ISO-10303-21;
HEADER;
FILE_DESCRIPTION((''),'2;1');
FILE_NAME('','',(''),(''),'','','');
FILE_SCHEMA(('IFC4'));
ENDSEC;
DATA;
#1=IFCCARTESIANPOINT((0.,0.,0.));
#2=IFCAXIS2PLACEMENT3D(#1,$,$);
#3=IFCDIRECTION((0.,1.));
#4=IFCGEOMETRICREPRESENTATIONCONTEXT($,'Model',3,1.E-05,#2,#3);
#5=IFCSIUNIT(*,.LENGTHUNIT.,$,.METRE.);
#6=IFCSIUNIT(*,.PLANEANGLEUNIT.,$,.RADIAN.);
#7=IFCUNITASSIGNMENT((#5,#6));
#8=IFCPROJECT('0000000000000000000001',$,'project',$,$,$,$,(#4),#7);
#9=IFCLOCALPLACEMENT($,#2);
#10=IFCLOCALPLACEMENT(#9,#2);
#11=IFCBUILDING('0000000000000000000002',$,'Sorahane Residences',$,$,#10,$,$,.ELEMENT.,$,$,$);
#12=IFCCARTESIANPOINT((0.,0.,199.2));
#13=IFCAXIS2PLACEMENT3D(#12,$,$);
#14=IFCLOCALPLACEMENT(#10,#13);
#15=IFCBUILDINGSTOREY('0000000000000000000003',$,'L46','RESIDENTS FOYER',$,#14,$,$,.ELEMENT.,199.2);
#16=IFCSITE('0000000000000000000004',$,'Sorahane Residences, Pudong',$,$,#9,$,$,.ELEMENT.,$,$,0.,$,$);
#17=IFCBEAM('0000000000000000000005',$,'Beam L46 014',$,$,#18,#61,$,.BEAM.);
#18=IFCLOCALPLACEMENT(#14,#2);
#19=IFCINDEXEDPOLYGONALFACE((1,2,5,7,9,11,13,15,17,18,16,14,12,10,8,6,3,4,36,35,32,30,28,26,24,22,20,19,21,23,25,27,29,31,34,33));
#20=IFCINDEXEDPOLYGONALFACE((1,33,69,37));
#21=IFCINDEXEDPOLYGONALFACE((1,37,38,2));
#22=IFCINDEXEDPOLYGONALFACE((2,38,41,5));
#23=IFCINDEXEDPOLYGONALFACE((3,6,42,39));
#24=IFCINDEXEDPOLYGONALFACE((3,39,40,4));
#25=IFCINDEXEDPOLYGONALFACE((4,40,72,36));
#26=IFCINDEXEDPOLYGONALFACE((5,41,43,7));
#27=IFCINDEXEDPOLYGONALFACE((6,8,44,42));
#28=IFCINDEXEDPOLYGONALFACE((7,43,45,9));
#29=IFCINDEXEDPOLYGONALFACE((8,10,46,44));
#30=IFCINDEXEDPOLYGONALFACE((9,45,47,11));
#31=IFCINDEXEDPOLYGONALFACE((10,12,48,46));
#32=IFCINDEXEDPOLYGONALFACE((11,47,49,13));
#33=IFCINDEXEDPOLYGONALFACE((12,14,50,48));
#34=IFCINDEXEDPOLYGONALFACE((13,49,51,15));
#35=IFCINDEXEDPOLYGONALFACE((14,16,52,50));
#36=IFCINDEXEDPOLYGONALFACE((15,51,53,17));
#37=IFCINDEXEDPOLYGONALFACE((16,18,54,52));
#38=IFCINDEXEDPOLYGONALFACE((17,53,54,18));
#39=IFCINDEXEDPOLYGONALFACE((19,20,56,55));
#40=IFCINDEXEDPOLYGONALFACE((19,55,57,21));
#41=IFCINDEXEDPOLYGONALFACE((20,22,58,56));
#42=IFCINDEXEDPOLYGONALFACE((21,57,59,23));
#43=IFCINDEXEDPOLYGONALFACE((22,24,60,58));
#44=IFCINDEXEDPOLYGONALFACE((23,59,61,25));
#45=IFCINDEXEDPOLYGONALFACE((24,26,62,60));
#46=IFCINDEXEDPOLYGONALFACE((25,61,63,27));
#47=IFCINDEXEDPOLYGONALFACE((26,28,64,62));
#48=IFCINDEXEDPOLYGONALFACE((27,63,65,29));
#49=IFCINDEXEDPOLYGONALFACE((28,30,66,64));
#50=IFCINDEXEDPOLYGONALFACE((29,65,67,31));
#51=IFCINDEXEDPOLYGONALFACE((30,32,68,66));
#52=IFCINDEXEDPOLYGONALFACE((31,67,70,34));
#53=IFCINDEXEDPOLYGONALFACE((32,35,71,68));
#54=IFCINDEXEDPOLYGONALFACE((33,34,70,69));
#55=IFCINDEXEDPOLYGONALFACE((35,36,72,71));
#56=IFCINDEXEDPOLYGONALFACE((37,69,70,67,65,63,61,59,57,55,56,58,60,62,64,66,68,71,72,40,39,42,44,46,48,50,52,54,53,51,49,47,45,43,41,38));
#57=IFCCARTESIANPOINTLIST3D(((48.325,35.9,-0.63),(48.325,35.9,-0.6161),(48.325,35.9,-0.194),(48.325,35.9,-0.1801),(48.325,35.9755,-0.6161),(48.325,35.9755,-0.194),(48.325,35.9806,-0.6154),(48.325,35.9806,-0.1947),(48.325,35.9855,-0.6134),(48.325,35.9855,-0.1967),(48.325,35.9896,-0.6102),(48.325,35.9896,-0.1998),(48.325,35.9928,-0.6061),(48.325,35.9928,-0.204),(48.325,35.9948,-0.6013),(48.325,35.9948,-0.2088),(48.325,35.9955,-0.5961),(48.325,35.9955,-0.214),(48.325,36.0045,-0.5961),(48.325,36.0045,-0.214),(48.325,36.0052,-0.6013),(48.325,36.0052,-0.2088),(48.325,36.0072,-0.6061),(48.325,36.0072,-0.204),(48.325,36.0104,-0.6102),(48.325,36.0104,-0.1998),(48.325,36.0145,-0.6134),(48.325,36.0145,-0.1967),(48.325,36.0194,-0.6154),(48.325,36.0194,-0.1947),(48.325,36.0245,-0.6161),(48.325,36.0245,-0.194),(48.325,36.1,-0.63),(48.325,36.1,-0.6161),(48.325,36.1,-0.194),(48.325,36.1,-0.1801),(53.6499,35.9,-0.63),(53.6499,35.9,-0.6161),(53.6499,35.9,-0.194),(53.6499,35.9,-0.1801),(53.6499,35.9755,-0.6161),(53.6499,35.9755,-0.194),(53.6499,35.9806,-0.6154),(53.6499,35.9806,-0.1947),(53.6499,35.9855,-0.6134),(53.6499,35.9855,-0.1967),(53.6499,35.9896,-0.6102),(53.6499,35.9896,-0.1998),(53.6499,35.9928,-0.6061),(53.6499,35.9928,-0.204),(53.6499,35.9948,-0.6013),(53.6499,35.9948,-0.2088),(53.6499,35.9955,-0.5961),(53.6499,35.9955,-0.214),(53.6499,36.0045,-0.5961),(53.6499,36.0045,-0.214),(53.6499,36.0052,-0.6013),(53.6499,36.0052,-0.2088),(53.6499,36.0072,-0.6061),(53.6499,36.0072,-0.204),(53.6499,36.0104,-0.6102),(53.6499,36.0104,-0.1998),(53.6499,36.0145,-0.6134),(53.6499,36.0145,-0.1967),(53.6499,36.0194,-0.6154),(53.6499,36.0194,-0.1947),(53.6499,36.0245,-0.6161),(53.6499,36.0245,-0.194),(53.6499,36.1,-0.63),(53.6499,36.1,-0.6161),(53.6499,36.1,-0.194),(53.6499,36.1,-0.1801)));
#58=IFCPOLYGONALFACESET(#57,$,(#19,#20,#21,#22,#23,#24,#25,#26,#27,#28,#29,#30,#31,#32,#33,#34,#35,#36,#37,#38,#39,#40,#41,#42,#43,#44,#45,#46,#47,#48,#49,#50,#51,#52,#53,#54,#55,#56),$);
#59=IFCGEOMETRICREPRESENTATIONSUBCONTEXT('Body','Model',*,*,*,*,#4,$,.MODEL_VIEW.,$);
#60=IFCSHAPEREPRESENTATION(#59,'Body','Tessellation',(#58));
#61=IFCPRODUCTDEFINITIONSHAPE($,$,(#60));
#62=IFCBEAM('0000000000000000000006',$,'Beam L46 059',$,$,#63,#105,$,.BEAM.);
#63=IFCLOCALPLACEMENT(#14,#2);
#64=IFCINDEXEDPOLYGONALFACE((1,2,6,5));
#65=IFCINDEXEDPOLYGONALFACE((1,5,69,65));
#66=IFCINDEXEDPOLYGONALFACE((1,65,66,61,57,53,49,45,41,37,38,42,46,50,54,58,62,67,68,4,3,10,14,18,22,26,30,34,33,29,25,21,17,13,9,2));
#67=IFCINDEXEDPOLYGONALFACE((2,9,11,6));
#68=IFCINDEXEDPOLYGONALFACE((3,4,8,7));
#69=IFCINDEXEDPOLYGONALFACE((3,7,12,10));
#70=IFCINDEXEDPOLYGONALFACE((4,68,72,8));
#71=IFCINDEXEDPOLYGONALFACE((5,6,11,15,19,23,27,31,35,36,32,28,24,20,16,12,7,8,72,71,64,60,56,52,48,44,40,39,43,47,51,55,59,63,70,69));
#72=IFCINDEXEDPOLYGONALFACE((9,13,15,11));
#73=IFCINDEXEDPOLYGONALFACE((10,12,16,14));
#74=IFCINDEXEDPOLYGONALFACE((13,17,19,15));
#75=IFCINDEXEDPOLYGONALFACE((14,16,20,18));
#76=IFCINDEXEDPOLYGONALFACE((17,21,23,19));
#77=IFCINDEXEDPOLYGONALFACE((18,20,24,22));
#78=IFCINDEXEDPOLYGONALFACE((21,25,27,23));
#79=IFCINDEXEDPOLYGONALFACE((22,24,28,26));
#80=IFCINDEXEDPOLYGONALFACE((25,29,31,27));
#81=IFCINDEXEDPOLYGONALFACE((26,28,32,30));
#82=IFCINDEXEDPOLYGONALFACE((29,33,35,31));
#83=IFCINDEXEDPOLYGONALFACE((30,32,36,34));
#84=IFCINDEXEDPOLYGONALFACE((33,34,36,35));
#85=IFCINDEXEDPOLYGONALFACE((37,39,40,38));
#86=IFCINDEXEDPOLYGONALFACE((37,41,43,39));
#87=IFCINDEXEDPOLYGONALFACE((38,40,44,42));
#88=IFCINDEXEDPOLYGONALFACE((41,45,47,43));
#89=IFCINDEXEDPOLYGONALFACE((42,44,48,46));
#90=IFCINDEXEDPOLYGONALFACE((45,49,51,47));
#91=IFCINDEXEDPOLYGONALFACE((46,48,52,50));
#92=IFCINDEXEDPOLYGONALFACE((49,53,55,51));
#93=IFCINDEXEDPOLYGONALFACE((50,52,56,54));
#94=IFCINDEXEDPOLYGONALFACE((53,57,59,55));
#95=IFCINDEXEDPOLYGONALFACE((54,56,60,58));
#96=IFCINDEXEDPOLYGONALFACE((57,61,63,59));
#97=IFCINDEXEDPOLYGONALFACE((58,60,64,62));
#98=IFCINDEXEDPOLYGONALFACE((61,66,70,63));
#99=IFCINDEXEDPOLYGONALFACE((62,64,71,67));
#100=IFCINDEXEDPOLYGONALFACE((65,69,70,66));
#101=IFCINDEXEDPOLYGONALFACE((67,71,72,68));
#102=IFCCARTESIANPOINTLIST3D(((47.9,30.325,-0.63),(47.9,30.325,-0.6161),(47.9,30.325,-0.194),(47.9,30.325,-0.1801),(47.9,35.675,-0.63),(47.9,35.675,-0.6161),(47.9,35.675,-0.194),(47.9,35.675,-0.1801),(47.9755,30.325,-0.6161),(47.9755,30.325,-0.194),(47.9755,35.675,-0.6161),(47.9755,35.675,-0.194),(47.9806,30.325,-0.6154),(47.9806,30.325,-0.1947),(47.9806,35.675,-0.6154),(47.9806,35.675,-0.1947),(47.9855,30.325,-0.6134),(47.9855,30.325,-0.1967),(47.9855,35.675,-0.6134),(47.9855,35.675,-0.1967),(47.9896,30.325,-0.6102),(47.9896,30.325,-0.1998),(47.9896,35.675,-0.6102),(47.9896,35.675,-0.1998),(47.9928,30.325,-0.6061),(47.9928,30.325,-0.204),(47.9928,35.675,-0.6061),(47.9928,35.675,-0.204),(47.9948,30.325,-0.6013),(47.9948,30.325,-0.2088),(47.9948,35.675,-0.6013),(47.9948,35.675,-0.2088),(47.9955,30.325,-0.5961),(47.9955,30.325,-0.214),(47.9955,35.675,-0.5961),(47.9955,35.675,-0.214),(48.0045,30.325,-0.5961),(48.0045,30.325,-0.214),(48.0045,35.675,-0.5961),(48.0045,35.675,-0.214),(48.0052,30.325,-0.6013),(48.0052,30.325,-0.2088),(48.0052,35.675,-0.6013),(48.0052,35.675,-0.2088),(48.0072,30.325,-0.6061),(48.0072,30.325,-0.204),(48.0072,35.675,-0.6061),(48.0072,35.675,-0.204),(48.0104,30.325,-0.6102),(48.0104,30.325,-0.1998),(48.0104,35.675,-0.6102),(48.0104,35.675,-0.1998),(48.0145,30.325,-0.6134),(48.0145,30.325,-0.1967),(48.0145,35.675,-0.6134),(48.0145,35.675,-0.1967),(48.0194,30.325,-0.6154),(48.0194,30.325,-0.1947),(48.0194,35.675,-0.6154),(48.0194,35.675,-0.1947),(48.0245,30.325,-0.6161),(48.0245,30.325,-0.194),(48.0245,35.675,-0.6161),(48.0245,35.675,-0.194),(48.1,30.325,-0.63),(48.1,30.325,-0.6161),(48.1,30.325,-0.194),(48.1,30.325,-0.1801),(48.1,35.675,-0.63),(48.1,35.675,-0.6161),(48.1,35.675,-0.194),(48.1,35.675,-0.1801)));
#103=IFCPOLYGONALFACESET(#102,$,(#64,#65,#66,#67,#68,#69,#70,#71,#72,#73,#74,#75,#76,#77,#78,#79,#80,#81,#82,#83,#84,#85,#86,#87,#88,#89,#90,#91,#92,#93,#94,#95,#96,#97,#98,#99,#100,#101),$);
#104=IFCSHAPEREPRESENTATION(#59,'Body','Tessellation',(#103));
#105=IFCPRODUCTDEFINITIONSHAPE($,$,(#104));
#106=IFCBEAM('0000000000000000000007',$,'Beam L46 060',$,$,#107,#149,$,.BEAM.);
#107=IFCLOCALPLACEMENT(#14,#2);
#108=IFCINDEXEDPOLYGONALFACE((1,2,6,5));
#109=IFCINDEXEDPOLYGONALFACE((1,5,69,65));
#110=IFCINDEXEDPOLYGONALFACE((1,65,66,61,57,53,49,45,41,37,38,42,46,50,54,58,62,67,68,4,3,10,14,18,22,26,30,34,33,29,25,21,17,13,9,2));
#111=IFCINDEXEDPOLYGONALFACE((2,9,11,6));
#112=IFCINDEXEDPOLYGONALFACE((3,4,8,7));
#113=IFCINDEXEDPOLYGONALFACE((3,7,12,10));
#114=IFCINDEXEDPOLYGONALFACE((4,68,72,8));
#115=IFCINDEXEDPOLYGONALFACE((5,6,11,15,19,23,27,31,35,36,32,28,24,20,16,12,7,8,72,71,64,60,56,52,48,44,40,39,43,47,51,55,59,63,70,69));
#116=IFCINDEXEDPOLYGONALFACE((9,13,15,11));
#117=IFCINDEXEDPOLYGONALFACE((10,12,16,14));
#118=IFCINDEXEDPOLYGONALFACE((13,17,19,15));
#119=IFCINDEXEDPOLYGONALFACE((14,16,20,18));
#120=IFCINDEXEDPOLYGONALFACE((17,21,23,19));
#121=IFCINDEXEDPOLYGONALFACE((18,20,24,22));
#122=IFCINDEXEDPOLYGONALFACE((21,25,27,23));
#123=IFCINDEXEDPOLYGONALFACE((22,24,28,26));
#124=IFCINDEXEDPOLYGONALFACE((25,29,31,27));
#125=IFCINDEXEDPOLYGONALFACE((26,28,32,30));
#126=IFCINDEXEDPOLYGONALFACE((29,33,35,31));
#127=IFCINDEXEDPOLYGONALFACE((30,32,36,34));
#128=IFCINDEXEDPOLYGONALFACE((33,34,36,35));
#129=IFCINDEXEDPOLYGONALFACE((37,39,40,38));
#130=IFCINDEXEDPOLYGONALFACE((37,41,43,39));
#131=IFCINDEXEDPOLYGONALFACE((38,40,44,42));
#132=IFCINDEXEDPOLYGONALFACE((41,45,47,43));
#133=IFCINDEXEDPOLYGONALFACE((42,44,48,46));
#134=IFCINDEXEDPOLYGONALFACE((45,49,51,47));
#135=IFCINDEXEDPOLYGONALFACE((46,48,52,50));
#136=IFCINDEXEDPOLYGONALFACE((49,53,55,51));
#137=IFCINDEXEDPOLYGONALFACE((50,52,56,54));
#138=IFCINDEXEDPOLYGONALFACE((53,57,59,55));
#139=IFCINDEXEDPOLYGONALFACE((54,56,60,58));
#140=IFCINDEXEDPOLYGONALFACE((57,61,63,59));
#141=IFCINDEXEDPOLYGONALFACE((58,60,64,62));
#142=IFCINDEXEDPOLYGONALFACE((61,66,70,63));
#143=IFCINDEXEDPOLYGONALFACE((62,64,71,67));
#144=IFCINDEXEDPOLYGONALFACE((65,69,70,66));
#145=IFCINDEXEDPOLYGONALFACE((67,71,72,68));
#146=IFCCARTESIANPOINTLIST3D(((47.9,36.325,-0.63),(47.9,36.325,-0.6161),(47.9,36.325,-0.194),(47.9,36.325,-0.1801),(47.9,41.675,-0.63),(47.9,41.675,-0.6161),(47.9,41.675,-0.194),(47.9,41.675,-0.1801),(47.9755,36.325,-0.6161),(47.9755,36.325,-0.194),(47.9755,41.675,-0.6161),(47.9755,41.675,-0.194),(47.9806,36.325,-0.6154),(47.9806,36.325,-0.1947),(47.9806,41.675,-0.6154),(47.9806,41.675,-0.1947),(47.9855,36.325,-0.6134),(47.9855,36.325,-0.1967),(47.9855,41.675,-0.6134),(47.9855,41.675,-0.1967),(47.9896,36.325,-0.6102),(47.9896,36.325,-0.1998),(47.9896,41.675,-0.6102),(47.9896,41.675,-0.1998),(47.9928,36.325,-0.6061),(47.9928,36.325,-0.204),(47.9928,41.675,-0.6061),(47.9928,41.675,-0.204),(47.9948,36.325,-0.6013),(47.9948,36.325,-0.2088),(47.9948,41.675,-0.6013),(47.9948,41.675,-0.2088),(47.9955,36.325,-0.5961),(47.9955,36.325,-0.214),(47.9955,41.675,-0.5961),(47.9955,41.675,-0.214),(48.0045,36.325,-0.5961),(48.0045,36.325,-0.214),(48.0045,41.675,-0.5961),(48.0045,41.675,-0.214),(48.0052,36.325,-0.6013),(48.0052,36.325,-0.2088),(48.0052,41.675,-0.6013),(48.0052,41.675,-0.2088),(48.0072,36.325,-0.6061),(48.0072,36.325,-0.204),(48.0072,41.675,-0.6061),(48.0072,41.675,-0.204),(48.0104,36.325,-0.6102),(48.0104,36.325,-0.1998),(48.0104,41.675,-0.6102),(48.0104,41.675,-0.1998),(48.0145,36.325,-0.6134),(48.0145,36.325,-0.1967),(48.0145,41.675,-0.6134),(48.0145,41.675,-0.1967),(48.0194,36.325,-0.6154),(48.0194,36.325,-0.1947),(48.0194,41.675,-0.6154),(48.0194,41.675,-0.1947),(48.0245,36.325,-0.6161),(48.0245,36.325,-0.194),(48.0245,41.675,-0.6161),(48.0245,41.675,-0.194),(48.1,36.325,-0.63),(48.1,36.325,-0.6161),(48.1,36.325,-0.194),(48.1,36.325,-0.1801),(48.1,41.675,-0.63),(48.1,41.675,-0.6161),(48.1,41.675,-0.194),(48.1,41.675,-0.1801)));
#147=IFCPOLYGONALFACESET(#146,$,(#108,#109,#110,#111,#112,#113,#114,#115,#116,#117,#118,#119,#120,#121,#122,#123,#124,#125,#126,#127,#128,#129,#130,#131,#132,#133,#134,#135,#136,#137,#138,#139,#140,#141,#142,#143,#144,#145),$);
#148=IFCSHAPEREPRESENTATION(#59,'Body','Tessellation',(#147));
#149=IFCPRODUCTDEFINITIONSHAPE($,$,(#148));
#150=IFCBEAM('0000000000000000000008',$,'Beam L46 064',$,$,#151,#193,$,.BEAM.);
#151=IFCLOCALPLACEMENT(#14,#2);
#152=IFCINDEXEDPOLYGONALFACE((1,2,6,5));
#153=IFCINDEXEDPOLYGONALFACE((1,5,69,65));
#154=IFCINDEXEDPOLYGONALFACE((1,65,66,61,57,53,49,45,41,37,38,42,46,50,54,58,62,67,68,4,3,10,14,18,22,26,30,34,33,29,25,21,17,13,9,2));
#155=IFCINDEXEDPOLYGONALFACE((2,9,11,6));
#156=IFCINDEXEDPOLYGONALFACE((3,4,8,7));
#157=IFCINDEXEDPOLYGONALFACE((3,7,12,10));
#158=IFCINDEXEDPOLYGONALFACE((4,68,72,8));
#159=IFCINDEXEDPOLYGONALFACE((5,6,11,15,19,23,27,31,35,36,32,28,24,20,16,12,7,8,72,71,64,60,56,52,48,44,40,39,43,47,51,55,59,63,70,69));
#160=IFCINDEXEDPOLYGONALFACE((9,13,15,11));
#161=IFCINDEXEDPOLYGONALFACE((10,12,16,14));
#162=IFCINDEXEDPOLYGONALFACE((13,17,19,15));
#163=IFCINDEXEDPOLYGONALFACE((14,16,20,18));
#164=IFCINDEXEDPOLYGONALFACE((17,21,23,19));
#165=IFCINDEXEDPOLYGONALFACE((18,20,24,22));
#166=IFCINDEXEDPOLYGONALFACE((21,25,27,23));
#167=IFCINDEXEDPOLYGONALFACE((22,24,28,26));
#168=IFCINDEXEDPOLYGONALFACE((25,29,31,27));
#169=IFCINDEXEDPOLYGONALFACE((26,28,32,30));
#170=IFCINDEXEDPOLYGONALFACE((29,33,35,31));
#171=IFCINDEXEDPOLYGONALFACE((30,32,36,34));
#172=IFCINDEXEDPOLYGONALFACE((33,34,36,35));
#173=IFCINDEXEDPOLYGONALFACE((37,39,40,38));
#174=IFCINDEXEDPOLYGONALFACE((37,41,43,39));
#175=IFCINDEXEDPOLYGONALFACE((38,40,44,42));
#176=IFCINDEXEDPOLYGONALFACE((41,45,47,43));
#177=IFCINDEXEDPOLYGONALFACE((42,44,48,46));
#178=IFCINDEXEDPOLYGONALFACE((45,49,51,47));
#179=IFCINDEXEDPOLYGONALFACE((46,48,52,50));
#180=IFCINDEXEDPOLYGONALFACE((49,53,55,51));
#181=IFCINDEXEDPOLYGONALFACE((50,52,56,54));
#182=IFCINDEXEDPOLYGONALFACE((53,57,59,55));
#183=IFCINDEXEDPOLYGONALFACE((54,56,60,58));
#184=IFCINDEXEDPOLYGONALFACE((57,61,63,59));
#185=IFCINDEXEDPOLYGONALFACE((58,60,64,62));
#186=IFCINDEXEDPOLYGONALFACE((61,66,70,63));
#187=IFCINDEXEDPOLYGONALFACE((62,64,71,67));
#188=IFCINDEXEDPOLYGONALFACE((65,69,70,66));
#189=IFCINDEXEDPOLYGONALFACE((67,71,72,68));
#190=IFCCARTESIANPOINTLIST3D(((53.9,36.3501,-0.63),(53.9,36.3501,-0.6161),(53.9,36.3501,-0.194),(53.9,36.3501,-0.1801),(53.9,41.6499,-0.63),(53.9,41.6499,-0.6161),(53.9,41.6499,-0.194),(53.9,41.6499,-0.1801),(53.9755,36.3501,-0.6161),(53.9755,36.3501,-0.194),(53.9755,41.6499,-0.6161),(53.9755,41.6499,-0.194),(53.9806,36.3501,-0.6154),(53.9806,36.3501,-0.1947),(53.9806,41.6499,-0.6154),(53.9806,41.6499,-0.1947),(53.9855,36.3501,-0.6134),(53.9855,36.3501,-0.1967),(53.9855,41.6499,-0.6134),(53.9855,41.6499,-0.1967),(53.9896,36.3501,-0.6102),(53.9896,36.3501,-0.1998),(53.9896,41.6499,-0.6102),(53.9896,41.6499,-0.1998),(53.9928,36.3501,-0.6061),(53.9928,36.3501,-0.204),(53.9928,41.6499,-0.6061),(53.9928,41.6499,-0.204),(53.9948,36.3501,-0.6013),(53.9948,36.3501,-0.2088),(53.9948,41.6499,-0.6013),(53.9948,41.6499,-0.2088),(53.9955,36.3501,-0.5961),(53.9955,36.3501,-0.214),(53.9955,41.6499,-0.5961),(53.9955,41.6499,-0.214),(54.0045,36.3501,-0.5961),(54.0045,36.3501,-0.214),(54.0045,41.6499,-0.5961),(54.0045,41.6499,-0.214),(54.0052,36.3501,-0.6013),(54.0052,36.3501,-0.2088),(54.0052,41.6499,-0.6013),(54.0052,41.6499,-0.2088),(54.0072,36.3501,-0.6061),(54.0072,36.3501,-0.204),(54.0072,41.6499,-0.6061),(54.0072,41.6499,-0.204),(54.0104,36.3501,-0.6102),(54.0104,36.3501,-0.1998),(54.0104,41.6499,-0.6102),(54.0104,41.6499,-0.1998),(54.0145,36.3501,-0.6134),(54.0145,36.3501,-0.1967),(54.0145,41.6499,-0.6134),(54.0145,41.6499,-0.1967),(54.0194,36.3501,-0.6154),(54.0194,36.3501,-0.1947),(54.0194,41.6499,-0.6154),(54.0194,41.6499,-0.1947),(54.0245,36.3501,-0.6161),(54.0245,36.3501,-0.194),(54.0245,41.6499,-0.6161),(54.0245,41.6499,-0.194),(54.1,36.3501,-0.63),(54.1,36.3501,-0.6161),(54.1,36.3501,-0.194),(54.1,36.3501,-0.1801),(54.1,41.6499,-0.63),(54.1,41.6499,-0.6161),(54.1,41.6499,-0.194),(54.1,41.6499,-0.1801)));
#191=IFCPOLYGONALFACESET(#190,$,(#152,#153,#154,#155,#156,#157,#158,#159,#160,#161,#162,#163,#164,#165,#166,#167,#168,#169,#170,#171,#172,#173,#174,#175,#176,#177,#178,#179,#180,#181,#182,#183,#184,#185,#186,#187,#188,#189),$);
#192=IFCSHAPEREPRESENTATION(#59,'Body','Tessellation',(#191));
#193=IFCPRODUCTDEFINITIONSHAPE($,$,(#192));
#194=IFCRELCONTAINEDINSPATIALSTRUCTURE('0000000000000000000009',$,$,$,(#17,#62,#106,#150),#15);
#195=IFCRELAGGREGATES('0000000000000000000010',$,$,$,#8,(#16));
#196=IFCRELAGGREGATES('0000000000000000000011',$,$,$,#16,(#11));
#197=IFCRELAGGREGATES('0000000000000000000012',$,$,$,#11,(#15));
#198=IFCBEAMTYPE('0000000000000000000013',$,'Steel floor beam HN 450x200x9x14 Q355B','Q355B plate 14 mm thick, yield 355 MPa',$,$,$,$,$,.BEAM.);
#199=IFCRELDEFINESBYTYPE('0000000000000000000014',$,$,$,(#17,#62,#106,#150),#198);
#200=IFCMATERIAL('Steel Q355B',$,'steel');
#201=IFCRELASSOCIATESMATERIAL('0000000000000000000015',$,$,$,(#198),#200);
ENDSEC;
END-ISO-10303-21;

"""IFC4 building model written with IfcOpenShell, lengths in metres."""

from ifc_helpers import new_model, si_unit, direction, frame, origin, origin_2d, place, context, subcontext, project, spatial, i_section, extrude, material, material_profile, profile_set, type_object, element, save


model = new_model("IFC4")

# Units and contexts
model_context = context("Model", 3, precision=1e-05, world=origin(), true_north=direction((0.0, 1.0)))
body_context = subcontext(model_context, "Body", "Model", "MODEL_VIEW")
ifc_project = project(units=[si_unit("LENGTHUNIT", "METRE"), si_unit("PLANEANGLEUNIT", "RADIAN")], contexts=[model_context])

# Site, building, storey
site_placement = place(None, origin())
site = spatial("IfcSite", under=ifc_project, at=site_placement, Name="Sorahane Residences, Pudong", CompositionType="ELEMENT", RefElevation=0.0)
building_placement = place(site_placement, origin())
building = spatial("IfcBuilding", under=site, at=building_placement, Name="Sorahane Residences", CompositionType="ELEMENT")
storey_placement = place(building_placement, frame((0.0, 0.0, 199.2)))
storey = spatial("IfcBuildingStorey", under=building, at=storey_placement, Name="L46", Description="RESIDENTS FOYER", CompositionType="ELEMENT", Elevation=199.2)

# Beams
ifc_material_1 = material(Name="Steel Q355B", Category="steel")
ifc_material_profile_1 = material_profile(ifc_material_1, i_section(OverallWidth=0.2, OverallDepth=0.45, WebThickness=0.009, FlangeThickness=0.0139, FilletRadius=0.02, at=origin_2d()), Name="HN 450x200x9x14")
ifc_profile_set_1 = profile_set([ifc_material_profile_1], Name="Steel Q355B")
beam_type_1 = type_object("IfcBeamType", Name="Steel floor beam HN 450x200x9x14 Q355B", Description="Q355B plate 14 mm thick, yield 355 MPa", PredefinedType="BEAM", material=ifc_profile_set_1)
beam_1_placement = place(storey_placement, frame((48.325, 36.0, -0.405), z_axis=(1.0, 0.0, 0.0), x_axis=(0.0, 1.0, 0.0)))
element("IfcBeam", 1, at=beam_1_placement, inside=storey, type_object=beam_type_1, Name="Beam L46 014", PredefinedType="BEAM", context=body_context, shape_type="SweptSolid", body=[
    extrude(i_section(OverallWidth=0.2, OverallDepth=0.45, WebThickness=0.009, FlangeThickness=0.0139, FilletRadius=0.02, at=origin_2d()), origin(), (0.0, 0.0, 1.0), 5.325),
])
for number, where, z_axis, x_axis, name in (
    (2, (48.0, 30.325, -0.405), (0.0, 1.0, 0.0), (-1.0, 0.0, 0.0), "Beam L46 059"),
    (3, (48.0, 36.325, -0.405), (0.0, 1.0, 0.0), (-1.0, 0.0, 0.0), "Beam L46 060"),
):
    element("IfcBeam", number, at=place(storey_placement, frame(where, z_axis=z_axis, x_axis=x_axis)), inside=storey, type_object=beam_type_1, Name=name, PredefinedType="BEAM", context=body_context, shape_type="SweptSolid", body=[
        extrude(i_section(OverallWidth=0.2, OverallDepth=0.45, WebThickness=0.009, FlangeThickness=0.0139, FilletRadius=0.02, at=origin_2d()), origin(), (0.0, 0.0, 1.0), 5.3501),
    ])
beam_2_placement = place(storey_placement, frame((54.0, 36.3501, -0.405), z_axis=(0.0, 1.0, 0.0), x_axis=(-1.0, 0.0, 0.0)))
element("IfcBeam", 4, at=beam_2_placement, inside=storey, type_object=beam_type_1, Name="Beam L46 064", PredefinedType="BEAM", context=body_context, shape_type="SweptSolid", body=[
    extrude(i_section(OverallWidth=0.2, OverallDepth=0.45, WebThickness=0.009, FlangeThickness=0.0139, FilletRadius=0.02, at=origin_2d()), origin(), (0.0, 0.0, 1.0), 5.2998),
])

save(model, "model.ifc")
